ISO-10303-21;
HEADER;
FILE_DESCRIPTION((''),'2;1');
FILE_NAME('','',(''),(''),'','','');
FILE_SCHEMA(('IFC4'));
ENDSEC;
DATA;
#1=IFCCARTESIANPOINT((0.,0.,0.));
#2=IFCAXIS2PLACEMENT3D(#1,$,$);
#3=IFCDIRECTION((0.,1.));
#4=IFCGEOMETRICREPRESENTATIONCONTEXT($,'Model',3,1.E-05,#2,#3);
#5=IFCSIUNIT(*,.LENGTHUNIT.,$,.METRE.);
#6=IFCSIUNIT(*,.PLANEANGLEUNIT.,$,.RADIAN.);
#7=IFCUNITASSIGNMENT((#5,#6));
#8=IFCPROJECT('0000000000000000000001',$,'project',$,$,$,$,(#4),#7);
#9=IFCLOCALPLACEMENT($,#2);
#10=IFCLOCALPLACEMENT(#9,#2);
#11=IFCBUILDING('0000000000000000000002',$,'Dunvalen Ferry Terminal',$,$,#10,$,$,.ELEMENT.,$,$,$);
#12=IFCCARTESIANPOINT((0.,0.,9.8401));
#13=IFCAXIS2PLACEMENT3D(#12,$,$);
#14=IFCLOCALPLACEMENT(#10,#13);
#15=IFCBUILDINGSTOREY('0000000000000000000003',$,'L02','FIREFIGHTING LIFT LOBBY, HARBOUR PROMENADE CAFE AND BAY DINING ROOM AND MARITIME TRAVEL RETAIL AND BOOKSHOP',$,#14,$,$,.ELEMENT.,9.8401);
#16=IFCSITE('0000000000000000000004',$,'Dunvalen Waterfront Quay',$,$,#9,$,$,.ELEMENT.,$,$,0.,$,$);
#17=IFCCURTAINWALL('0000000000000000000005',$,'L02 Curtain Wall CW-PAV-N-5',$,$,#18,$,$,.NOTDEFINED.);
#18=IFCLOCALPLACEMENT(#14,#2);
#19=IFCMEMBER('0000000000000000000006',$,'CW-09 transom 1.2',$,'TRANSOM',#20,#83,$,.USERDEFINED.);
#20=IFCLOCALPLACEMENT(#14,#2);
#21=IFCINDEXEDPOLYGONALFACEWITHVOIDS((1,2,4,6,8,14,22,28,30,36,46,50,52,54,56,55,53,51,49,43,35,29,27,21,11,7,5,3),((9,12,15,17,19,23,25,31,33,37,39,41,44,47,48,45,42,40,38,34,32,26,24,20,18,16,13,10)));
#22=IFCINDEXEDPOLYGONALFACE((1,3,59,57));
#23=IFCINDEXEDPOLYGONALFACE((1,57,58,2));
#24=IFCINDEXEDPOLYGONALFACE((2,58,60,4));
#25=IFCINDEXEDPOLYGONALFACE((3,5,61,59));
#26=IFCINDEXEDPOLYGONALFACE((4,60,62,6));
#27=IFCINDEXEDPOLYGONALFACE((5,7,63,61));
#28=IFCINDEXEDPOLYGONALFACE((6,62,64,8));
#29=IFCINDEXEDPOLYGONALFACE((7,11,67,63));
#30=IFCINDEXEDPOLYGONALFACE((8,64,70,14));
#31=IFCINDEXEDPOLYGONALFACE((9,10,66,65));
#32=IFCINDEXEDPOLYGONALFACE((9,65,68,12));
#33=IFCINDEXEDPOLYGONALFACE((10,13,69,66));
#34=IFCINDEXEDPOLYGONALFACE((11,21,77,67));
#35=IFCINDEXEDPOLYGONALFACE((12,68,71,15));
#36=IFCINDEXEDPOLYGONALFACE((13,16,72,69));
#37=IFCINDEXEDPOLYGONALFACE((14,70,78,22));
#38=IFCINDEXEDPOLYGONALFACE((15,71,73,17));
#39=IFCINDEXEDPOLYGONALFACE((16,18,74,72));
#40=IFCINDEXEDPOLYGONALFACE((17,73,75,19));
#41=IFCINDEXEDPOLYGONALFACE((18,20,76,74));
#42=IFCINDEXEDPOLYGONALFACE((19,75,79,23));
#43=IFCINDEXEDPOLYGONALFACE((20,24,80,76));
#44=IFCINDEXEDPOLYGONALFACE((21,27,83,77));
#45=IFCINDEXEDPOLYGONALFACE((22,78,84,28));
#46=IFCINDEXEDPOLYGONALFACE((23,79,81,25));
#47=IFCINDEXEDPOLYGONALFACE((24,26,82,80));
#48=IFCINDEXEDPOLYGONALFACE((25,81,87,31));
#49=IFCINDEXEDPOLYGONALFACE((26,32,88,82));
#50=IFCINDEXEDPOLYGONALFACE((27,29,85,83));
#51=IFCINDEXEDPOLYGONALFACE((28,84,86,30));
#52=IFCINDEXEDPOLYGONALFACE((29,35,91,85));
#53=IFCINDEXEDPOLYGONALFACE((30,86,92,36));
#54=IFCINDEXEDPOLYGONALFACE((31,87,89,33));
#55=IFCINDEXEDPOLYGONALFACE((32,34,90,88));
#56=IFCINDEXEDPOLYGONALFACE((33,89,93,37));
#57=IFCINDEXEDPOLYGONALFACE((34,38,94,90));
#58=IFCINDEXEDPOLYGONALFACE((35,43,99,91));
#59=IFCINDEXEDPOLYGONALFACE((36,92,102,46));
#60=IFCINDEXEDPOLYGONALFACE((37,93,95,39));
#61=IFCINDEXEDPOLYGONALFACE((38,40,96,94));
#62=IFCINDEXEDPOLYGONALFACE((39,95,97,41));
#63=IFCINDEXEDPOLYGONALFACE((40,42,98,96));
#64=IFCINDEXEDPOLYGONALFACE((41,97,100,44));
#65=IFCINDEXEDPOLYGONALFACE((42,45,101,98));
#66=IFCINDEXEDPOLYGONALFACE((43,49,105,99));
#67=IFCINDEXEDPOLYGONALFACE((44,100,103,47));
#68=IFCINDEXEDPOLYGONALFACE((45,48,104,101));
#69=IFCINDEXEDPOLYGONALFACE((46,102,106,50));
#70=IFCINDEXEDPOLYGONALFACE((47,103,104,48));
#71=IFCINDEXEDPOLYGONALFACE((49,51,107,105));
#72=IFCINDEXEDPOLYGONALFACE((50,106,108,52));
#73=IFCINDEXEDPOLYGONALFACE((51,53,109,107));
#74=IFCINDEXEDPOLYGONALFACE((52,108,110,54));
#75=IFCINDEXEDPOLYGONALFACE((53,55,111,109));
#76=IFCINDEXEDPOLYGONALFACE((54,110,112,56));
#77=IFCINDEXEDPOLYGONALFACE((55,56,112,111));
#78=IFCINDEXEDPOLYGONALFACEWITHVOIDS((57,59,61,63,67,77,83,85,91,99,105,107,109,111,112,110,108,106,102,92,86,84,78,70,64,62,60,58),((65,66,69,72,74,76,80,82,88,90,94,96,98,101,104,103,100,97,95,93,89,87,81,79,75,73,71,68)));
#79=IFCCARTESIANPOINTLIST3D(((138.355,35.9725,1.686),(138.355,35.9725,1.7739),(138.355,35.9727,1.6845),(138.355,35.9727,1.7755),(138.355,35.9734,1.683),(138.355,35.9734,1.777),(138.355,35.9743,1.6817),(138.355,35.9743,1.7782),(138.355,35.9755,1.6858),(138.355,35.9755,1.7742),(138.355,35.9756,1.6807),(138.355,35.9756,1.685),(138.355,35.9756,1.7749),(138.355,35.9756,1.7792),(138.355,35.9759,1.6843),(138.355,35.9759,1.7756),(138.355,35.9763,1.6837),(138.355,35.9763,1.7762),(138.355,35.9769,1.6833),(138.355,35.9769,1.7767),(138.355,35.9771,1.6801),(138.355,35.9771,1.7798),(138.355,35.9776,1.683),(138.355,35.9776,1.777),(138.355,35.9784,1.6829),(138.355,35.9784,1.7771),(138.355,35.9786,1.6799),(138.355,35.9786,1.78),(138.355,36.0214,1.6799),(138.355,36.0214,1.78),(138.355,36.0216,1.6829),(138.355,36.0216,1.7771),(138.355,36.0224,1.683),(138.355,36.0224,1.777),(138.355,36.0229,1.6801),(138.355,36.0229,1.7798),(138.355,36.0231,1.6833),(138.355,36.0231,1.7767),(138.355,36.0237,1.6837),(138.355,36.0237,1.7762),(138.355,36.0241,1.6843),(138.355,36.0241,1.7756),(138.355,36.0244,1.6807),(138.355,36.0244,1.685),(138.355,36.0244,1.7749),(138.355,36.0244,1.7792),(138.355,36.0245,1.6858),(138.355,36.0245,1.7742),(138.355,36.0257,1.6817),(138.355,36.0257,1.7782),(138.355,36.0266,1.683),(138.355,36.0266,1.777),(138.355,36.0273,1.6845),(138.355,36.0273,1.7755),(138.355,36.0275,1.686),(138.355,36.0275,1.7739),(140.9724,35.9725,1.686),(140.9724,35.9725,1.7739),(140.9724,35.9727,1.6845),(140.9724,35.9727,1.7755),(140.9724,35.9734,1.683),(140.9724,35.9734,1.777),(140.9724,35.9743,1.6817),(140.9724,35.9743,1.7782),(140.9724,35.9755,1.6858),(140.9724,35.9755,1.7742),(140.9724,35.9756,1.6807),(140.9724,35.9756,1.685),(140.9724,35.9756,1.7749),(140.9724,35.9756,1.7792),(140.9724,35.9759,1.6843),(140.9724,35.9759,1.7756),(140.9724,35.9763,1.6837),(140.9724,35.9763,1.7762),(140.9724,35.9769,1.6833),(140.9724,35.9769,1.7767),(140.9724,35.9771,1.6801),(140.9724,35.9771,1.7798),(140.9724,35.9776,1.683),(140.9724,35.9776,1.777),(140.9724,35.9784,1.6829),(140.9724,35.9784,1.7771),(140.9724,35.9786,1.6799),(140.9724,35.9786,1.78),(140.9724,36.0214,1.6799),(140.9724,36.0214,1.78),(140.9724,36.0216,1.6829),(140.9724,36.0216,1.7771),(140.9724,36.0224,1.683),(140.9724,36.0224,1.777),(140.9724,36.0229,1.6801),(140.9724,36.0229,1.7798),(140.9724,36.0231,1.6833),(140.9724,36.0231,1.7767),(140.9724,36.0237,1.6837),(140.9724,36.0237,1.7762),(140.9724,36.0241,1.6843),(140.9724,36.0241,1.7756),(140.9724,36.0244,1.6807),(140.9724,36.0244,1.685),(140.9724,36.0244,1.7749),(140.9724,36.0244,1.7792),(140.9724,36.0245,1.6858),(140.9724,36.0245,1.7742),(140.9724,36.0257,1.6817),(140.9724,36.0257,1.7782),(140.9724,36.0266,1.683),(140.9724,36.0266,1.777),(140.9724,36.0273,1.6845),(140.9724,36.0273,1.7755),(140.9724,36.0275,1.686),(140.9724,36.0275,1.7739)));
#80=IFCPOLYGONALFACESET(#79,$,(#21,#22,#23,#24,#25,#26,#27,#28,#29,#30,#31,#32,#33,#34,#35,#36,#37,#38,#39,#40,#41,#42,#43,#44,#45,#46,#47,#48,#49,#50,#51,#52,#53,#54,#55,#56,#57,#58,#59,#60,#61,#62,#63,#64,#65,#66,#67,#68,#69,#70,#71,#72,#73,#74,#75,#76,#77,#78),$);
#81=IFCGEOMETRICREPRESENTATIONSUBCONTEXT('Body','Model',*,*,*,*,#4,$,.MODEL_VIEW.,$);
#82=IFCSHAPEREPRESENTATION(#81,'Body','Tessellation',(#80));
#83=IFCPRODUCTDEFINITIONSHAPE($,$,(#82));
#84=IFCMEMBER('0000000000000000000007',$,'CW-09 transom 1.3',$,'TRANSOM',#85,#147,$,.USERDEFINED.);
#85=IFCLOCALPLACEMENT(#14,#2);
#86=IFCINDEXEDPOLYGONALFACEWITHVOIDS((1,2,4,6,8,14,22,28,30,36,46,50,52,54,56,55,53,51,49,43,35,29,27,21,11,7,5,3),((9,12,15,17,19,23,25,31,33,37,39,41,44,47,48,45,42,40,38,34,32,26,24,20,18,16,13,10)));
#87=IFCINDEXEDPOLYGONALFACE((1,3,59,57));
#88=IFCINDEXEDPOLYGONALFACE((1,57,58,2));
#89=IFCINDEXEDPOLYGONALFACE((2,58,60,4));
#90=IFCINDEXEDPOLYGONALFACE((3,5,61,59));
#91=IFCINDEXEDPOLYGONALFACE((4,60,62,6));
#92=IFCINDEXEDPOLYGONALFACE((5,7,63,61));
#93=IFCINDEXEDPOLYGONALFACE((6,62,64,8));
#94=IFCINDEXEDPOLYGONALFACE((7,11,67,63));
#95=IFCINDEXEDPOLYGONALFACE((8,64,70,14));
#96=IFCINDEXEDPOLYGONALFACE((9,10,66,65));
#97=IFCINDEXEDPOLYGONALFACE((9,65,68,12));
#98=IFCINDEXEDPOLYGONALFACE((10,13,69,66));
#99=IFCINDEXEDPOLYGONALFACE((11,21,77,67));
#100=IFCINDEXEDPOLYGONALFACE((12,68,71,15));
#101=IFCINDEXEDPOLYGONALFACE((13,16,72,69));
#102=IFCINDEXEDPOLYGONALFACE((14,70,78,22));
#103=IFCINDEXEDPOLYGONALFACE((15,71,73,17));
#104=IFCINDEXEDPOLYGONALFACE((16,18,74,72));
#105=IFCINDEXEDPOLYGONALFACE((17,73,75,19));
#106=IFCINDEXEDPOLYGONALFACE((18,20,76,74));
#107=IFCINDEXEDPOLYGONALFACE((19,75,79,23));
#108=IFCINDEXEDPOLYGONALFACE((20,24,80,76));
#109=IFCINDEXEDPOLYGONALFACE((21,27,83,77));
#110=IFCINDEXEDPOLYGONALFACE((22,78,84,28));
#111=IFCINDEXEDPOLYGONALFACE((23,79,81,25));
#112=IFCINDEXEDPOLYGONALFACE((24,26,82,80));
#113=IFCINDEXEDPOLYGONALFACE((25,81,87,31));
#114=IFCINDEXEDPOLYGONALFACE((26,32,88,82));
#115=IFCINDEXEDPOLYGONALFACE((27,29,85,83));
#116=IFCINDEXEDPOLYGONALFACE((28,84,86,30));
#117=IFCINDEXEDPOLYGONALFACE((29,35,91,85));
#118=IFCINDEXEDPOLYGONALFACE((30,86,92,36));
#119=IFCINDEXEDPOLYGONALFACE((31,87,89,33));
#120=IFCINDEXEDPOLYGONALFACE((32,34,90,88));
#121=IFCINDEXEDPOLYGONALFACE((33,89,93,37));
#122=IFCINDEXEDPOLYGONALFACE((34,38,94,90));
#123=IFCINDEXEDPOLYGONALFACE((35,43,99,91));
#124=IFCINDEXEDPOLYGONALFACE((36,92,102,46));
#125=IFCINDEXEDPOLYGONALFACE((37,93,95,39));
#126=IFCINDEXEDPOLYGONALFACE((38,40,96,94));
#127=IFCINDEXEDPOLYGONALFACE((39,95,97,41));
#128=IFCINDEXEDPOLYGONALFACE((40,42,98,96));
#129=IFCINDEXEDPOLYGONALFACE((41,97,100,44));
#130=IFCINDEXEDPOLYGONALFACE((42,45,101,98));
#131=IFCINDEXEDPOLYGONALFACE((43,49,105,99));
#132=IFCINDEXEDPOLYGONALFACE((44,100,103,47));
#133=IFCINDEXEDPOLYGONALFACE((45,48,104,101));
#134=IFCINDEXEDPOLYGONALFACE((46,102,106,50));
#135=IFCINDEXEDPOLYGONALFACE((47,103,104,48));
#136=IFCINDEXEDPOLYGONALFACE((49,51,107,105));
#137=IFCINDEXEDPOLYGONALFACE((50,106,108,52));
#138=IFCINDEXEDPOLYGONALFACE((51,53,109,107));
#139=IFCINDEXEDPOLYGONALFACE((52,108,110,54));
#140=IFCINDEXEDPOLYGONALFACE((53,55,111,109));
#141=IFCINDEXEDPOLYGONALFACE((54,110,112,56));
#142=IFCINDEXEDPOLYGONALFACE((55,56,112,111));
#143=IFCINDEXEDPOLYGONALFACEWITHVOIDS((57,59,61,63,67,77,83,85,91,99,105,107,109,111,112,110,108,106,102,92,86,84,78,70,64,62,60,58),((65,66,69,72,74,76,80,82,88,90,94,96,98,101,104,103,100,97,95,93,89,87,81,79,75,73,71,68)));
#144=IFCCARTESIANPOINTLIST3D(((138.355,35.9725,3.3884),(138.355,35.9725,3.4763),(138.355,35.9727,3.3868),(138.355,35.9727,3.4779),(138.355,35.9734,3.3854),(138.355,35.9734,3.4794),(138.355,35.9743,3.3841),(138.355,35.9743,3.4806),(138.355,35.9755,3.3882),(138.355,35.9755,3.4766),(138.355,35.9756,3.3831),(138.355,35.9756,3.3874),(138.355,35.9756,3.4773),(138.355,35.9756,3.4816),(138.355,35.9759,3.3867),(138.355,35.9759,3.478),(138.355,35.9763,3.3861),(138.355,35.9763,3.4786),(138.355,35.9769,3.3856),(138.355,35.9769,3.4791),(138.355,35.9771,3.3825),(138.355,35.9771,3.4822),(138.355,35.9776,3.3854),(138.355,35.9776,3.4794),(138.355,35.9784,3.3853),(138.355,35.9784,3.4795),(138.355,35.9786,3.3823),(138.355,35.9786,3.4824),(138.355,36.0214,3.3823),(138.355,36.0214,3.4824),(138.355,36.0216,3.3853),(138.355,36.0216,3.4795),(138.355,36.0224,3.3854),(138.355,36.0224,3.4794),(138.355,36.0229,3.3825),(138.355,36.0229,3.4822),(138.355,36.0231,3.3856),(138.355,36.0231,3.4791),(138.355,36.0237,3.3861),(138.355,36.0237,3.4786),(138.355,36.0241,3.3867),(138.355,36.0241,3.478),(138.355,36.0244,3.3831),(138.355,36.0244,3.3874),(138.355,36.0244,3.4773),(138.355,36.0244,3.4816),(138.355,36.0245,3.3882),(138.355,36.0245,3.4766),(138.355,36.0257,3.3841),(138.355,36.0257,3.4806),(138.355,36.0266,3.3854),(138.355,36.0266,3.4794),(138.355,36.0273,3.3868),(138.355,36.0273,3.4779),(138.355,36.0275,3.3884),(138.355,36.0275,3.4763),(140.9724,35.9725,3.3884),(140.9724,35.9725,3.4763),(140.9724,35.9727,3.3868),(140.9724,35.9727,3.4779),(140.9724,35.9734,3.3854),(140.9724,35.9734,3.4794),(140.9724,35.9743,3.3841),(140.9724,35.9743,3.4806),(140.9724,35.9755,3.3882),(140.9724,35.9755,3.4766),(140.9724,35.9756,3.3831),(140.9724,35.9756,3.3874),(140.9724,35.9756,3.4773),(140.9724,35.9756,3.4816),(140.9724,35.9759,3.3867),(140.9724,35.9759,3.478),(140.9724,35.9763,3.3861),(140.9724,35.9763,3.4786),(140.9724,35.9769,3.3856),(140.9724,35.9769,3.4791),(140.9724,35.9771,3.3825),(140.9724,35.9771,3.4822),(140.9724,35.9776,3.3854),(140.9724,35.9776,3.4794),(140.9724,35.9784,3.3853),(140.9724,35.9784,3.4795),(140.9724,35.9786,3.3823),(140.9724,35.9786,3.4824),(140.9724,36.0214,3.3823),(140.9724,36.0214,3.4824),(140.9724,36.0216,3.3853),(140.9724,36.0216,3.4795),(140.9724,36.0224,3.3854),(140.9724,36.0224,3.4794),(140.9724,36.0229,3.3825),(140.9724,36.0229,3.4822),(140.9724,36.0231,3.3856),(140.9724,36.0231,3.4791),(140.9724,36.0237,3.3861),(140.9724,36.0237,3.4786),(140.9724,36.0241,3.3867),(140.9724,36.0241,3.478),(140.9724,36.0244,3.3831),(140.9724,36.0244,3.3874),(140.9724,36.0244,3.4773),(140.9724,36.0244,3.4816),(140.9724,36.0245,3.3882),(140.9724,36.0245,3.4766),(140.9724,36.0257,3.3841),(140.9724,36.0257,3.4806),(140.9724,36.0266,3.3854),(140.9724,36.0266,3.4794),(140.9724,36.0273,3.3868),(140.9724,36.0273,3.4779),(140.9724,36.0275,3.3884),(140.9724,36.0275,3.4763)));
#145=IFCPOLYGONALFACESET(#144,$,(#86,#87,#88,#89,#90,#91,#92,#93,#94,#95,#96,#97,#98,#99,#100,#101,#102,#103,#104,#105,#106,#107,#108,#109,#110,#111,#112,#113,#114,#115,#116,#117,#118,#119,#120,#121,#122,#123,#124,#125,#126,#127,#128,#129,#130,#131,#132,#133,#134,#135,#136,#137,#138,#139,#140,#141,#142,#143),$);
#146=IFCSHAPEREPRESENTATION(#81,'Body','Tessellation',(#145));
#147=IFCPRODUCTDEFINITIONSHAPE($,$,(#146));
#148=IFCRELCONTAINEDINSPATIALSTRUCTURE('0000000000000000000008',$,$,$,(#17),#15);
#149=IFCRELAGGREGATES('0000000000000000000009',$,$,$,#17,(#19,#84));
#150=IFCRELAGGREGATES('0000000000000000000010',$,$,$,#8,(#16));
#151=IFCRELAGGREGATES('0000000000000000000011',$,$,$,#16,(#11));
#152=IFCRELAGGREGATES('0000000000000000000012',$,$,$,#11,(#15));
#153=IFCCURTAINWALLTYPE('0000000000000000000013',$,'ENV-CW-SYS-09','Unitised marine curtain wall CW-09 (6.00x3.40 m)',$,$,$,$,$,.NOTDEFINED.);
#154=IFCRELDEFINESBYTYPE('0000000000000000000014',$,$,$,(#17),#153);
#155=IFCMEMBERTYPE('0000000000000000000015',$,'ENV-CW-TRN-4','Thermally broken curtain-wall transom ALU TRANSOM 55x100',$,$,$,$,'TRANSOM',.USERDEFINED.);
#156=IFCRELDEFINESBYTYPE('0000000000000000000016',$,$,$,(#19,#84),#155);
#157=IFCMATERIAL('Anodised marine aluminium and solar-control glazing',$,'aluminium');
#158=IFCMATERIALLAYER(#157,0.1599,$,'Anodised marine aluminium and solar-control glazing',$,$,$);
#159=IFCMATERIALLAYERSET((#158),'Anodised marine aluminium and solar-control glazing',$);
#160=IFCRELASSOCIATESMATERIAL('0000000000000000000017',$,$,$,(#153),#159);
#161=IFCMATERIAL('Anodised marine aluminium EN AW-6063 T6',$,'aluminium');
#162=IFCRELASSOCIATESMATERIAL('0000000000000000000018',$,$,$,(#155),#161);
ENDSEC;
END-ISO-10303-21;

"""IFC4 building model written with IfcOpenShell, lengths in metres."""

from ifc_helpers import new_model, si_unit, direction, frame, origin, origin_2d, place, context, subcontext, project, spatial, hollow_rectangle, extrude, material, layer, layer_set, material_profile, profile_set, type_object, element, aggregate, save


model = new_model("IFC4")

# Units and contexts
model_context = context("Model", 3, precision=1e-05, world=origin(), true_north=direction((0.0, 1.0)))
body_context = subcontext(model_context, "Body", "Model", "MODEL_VIEW")
ifc_project = project(units=[si_unit("LENGTHUNIT", "METRE"), si_unit("PLANEANGLEUNIT", "RADIAN")], contexts=[model_context])

# Site, building, storey
site_placement = place(None, origin())
site = spatial("IfcSite", under=ifc_project, at=site_placement, Name="Dunvalen Waterfront Quay", CompositionType="ELEMENT", RefElevation=0.0)
building_placement = place(site_placement, origin())
building = spatial("IfcBuilding", under=site, at=building_placement, Name="Dunvalen Ferry Terminal", CompositionType="ELEMENT")
storey_placement = place(building_placement, frame((0.0, 0.0, 9.8401)))
storey = spatial("IfcBuildingStorey", under=building, at=storey_placement, Name="L02", Description="FIREFIGHTING LIFT LOBBY, HARBOUR PROMENADE CAFE AND BAY DINING ROOM AND MARITIME TRAVEL RETAIL AND BOOKSHOP", CompositionType="ELEMENT", Elevation=9.8401)

# Curtain wall, members
ifc_material_1 = material(Name="Anodised marine aluminium and solar-control glazing", Category="aluminium")
ifc_layer_1 = layer(ifc_material_1, 0.1599, Name="Anodised marine aluminium and solar-control glazing")
ifc_layer_set_1 = layer_set([ifc_layer_1], Name="Anodised marine aluminium and solar-control glazing")
curtain_wall_type = type_object("IfcCurtainWallType", Name="ENV-CW-SYS-09", Description="Unitised marine curtain wall CW-09 (6.00x3.40 m)", PredefinedType="NOTDEFINED", material=ifc_layer_set_1)
curtain_wall_placement = place(storey_placement, origin())
curtain_wall = element("IfcCurtainWall", 1, at=curtain_wall_placement, inside=storey, type_object=curtain_wall_type, Name="L02 Curtain Wall CW-PAV-N-5", PredefinedType="NOTDEFINED")
ifc_material_2 = material(Name="Anodised marine aluminium EN AW-6063 T6", Category="aluminium")
ifc_material_profile_1 = material_profile(ifc_material_2, hollow_rectangle(XDim=0.0549, YDim=0.1001, WallThickness=0.0029, InnerFilletRadius=0.0029, OuterFilletRadius=0.0061, at=origin_2d()), Name="Anodised marine aluminium EN AW-6063 T6")
ifc_profile_set_1 = profile_set([ifc_material_profile_1], Name="Anodised marine aluminium EN AW-6063 T6")
member_type_1 = type_object("IfcMemberType", Name="ENV-CW-TRN-4", Description="Thermally broken curtain-wall transom ALU TRANSOM 55x100", ElementType="TRANSOM", PredefinedType="USERDEFINED", material=ifc_profile_set_1)
member_1_placement = place(storey_placement, frame((138.355, 36.0, 1.73), z_axis=(1.0, 0.0, 0.0), x_axis=(0.0, 1.0, 0.0)))
member_1 = element("IfcMember", 2, at=member_1_placement, type_object=member_type_1, Name="CW-09 transom 1.2", ObjectType="TRANSOM", PredefinedType="USERDEFINED", context=body_context, shape_type="SweptSolid", body=[
    extrude(hollow_rectangle(XDim=0.0549, YDim=0.1001, WallThickness=0.0029, InnerFilletRadius=0.0029, OuterFilletRadius=0.0061, at=origin_2d()), origin(), (0.0, 0.0, 1.0), 2.6174),
])
member_2_placement = place(storey_placement, frame((138.355, 36.0, 3.4324), z_axis=(1.0, 0.0, 0.0), x_axis=(0.0, 1.0, 0.0)))
member_2 = element("IfcMember", 3, at=member_2_placement, type_object=member_type_1, Name="CW-09 transom 1.3", ObjectType="TRANSOM", PredefinedType="USERDEFINED", context=body_context, shape_type="SweptSolid", body=[
    extrude(hollow_rectangle(XDim=0.0549, YDim=0.1001, WallThickness=0.0029, InnerFilletRadius=0.0029, OuterFilletRadius=0.0061, at=origin_2d()), origin(), (0.0, 0.0, 1.0), 2.6174),
])

aggregate(curtain_wall, [member_1, member_2])

save(model, "model.ifc")
